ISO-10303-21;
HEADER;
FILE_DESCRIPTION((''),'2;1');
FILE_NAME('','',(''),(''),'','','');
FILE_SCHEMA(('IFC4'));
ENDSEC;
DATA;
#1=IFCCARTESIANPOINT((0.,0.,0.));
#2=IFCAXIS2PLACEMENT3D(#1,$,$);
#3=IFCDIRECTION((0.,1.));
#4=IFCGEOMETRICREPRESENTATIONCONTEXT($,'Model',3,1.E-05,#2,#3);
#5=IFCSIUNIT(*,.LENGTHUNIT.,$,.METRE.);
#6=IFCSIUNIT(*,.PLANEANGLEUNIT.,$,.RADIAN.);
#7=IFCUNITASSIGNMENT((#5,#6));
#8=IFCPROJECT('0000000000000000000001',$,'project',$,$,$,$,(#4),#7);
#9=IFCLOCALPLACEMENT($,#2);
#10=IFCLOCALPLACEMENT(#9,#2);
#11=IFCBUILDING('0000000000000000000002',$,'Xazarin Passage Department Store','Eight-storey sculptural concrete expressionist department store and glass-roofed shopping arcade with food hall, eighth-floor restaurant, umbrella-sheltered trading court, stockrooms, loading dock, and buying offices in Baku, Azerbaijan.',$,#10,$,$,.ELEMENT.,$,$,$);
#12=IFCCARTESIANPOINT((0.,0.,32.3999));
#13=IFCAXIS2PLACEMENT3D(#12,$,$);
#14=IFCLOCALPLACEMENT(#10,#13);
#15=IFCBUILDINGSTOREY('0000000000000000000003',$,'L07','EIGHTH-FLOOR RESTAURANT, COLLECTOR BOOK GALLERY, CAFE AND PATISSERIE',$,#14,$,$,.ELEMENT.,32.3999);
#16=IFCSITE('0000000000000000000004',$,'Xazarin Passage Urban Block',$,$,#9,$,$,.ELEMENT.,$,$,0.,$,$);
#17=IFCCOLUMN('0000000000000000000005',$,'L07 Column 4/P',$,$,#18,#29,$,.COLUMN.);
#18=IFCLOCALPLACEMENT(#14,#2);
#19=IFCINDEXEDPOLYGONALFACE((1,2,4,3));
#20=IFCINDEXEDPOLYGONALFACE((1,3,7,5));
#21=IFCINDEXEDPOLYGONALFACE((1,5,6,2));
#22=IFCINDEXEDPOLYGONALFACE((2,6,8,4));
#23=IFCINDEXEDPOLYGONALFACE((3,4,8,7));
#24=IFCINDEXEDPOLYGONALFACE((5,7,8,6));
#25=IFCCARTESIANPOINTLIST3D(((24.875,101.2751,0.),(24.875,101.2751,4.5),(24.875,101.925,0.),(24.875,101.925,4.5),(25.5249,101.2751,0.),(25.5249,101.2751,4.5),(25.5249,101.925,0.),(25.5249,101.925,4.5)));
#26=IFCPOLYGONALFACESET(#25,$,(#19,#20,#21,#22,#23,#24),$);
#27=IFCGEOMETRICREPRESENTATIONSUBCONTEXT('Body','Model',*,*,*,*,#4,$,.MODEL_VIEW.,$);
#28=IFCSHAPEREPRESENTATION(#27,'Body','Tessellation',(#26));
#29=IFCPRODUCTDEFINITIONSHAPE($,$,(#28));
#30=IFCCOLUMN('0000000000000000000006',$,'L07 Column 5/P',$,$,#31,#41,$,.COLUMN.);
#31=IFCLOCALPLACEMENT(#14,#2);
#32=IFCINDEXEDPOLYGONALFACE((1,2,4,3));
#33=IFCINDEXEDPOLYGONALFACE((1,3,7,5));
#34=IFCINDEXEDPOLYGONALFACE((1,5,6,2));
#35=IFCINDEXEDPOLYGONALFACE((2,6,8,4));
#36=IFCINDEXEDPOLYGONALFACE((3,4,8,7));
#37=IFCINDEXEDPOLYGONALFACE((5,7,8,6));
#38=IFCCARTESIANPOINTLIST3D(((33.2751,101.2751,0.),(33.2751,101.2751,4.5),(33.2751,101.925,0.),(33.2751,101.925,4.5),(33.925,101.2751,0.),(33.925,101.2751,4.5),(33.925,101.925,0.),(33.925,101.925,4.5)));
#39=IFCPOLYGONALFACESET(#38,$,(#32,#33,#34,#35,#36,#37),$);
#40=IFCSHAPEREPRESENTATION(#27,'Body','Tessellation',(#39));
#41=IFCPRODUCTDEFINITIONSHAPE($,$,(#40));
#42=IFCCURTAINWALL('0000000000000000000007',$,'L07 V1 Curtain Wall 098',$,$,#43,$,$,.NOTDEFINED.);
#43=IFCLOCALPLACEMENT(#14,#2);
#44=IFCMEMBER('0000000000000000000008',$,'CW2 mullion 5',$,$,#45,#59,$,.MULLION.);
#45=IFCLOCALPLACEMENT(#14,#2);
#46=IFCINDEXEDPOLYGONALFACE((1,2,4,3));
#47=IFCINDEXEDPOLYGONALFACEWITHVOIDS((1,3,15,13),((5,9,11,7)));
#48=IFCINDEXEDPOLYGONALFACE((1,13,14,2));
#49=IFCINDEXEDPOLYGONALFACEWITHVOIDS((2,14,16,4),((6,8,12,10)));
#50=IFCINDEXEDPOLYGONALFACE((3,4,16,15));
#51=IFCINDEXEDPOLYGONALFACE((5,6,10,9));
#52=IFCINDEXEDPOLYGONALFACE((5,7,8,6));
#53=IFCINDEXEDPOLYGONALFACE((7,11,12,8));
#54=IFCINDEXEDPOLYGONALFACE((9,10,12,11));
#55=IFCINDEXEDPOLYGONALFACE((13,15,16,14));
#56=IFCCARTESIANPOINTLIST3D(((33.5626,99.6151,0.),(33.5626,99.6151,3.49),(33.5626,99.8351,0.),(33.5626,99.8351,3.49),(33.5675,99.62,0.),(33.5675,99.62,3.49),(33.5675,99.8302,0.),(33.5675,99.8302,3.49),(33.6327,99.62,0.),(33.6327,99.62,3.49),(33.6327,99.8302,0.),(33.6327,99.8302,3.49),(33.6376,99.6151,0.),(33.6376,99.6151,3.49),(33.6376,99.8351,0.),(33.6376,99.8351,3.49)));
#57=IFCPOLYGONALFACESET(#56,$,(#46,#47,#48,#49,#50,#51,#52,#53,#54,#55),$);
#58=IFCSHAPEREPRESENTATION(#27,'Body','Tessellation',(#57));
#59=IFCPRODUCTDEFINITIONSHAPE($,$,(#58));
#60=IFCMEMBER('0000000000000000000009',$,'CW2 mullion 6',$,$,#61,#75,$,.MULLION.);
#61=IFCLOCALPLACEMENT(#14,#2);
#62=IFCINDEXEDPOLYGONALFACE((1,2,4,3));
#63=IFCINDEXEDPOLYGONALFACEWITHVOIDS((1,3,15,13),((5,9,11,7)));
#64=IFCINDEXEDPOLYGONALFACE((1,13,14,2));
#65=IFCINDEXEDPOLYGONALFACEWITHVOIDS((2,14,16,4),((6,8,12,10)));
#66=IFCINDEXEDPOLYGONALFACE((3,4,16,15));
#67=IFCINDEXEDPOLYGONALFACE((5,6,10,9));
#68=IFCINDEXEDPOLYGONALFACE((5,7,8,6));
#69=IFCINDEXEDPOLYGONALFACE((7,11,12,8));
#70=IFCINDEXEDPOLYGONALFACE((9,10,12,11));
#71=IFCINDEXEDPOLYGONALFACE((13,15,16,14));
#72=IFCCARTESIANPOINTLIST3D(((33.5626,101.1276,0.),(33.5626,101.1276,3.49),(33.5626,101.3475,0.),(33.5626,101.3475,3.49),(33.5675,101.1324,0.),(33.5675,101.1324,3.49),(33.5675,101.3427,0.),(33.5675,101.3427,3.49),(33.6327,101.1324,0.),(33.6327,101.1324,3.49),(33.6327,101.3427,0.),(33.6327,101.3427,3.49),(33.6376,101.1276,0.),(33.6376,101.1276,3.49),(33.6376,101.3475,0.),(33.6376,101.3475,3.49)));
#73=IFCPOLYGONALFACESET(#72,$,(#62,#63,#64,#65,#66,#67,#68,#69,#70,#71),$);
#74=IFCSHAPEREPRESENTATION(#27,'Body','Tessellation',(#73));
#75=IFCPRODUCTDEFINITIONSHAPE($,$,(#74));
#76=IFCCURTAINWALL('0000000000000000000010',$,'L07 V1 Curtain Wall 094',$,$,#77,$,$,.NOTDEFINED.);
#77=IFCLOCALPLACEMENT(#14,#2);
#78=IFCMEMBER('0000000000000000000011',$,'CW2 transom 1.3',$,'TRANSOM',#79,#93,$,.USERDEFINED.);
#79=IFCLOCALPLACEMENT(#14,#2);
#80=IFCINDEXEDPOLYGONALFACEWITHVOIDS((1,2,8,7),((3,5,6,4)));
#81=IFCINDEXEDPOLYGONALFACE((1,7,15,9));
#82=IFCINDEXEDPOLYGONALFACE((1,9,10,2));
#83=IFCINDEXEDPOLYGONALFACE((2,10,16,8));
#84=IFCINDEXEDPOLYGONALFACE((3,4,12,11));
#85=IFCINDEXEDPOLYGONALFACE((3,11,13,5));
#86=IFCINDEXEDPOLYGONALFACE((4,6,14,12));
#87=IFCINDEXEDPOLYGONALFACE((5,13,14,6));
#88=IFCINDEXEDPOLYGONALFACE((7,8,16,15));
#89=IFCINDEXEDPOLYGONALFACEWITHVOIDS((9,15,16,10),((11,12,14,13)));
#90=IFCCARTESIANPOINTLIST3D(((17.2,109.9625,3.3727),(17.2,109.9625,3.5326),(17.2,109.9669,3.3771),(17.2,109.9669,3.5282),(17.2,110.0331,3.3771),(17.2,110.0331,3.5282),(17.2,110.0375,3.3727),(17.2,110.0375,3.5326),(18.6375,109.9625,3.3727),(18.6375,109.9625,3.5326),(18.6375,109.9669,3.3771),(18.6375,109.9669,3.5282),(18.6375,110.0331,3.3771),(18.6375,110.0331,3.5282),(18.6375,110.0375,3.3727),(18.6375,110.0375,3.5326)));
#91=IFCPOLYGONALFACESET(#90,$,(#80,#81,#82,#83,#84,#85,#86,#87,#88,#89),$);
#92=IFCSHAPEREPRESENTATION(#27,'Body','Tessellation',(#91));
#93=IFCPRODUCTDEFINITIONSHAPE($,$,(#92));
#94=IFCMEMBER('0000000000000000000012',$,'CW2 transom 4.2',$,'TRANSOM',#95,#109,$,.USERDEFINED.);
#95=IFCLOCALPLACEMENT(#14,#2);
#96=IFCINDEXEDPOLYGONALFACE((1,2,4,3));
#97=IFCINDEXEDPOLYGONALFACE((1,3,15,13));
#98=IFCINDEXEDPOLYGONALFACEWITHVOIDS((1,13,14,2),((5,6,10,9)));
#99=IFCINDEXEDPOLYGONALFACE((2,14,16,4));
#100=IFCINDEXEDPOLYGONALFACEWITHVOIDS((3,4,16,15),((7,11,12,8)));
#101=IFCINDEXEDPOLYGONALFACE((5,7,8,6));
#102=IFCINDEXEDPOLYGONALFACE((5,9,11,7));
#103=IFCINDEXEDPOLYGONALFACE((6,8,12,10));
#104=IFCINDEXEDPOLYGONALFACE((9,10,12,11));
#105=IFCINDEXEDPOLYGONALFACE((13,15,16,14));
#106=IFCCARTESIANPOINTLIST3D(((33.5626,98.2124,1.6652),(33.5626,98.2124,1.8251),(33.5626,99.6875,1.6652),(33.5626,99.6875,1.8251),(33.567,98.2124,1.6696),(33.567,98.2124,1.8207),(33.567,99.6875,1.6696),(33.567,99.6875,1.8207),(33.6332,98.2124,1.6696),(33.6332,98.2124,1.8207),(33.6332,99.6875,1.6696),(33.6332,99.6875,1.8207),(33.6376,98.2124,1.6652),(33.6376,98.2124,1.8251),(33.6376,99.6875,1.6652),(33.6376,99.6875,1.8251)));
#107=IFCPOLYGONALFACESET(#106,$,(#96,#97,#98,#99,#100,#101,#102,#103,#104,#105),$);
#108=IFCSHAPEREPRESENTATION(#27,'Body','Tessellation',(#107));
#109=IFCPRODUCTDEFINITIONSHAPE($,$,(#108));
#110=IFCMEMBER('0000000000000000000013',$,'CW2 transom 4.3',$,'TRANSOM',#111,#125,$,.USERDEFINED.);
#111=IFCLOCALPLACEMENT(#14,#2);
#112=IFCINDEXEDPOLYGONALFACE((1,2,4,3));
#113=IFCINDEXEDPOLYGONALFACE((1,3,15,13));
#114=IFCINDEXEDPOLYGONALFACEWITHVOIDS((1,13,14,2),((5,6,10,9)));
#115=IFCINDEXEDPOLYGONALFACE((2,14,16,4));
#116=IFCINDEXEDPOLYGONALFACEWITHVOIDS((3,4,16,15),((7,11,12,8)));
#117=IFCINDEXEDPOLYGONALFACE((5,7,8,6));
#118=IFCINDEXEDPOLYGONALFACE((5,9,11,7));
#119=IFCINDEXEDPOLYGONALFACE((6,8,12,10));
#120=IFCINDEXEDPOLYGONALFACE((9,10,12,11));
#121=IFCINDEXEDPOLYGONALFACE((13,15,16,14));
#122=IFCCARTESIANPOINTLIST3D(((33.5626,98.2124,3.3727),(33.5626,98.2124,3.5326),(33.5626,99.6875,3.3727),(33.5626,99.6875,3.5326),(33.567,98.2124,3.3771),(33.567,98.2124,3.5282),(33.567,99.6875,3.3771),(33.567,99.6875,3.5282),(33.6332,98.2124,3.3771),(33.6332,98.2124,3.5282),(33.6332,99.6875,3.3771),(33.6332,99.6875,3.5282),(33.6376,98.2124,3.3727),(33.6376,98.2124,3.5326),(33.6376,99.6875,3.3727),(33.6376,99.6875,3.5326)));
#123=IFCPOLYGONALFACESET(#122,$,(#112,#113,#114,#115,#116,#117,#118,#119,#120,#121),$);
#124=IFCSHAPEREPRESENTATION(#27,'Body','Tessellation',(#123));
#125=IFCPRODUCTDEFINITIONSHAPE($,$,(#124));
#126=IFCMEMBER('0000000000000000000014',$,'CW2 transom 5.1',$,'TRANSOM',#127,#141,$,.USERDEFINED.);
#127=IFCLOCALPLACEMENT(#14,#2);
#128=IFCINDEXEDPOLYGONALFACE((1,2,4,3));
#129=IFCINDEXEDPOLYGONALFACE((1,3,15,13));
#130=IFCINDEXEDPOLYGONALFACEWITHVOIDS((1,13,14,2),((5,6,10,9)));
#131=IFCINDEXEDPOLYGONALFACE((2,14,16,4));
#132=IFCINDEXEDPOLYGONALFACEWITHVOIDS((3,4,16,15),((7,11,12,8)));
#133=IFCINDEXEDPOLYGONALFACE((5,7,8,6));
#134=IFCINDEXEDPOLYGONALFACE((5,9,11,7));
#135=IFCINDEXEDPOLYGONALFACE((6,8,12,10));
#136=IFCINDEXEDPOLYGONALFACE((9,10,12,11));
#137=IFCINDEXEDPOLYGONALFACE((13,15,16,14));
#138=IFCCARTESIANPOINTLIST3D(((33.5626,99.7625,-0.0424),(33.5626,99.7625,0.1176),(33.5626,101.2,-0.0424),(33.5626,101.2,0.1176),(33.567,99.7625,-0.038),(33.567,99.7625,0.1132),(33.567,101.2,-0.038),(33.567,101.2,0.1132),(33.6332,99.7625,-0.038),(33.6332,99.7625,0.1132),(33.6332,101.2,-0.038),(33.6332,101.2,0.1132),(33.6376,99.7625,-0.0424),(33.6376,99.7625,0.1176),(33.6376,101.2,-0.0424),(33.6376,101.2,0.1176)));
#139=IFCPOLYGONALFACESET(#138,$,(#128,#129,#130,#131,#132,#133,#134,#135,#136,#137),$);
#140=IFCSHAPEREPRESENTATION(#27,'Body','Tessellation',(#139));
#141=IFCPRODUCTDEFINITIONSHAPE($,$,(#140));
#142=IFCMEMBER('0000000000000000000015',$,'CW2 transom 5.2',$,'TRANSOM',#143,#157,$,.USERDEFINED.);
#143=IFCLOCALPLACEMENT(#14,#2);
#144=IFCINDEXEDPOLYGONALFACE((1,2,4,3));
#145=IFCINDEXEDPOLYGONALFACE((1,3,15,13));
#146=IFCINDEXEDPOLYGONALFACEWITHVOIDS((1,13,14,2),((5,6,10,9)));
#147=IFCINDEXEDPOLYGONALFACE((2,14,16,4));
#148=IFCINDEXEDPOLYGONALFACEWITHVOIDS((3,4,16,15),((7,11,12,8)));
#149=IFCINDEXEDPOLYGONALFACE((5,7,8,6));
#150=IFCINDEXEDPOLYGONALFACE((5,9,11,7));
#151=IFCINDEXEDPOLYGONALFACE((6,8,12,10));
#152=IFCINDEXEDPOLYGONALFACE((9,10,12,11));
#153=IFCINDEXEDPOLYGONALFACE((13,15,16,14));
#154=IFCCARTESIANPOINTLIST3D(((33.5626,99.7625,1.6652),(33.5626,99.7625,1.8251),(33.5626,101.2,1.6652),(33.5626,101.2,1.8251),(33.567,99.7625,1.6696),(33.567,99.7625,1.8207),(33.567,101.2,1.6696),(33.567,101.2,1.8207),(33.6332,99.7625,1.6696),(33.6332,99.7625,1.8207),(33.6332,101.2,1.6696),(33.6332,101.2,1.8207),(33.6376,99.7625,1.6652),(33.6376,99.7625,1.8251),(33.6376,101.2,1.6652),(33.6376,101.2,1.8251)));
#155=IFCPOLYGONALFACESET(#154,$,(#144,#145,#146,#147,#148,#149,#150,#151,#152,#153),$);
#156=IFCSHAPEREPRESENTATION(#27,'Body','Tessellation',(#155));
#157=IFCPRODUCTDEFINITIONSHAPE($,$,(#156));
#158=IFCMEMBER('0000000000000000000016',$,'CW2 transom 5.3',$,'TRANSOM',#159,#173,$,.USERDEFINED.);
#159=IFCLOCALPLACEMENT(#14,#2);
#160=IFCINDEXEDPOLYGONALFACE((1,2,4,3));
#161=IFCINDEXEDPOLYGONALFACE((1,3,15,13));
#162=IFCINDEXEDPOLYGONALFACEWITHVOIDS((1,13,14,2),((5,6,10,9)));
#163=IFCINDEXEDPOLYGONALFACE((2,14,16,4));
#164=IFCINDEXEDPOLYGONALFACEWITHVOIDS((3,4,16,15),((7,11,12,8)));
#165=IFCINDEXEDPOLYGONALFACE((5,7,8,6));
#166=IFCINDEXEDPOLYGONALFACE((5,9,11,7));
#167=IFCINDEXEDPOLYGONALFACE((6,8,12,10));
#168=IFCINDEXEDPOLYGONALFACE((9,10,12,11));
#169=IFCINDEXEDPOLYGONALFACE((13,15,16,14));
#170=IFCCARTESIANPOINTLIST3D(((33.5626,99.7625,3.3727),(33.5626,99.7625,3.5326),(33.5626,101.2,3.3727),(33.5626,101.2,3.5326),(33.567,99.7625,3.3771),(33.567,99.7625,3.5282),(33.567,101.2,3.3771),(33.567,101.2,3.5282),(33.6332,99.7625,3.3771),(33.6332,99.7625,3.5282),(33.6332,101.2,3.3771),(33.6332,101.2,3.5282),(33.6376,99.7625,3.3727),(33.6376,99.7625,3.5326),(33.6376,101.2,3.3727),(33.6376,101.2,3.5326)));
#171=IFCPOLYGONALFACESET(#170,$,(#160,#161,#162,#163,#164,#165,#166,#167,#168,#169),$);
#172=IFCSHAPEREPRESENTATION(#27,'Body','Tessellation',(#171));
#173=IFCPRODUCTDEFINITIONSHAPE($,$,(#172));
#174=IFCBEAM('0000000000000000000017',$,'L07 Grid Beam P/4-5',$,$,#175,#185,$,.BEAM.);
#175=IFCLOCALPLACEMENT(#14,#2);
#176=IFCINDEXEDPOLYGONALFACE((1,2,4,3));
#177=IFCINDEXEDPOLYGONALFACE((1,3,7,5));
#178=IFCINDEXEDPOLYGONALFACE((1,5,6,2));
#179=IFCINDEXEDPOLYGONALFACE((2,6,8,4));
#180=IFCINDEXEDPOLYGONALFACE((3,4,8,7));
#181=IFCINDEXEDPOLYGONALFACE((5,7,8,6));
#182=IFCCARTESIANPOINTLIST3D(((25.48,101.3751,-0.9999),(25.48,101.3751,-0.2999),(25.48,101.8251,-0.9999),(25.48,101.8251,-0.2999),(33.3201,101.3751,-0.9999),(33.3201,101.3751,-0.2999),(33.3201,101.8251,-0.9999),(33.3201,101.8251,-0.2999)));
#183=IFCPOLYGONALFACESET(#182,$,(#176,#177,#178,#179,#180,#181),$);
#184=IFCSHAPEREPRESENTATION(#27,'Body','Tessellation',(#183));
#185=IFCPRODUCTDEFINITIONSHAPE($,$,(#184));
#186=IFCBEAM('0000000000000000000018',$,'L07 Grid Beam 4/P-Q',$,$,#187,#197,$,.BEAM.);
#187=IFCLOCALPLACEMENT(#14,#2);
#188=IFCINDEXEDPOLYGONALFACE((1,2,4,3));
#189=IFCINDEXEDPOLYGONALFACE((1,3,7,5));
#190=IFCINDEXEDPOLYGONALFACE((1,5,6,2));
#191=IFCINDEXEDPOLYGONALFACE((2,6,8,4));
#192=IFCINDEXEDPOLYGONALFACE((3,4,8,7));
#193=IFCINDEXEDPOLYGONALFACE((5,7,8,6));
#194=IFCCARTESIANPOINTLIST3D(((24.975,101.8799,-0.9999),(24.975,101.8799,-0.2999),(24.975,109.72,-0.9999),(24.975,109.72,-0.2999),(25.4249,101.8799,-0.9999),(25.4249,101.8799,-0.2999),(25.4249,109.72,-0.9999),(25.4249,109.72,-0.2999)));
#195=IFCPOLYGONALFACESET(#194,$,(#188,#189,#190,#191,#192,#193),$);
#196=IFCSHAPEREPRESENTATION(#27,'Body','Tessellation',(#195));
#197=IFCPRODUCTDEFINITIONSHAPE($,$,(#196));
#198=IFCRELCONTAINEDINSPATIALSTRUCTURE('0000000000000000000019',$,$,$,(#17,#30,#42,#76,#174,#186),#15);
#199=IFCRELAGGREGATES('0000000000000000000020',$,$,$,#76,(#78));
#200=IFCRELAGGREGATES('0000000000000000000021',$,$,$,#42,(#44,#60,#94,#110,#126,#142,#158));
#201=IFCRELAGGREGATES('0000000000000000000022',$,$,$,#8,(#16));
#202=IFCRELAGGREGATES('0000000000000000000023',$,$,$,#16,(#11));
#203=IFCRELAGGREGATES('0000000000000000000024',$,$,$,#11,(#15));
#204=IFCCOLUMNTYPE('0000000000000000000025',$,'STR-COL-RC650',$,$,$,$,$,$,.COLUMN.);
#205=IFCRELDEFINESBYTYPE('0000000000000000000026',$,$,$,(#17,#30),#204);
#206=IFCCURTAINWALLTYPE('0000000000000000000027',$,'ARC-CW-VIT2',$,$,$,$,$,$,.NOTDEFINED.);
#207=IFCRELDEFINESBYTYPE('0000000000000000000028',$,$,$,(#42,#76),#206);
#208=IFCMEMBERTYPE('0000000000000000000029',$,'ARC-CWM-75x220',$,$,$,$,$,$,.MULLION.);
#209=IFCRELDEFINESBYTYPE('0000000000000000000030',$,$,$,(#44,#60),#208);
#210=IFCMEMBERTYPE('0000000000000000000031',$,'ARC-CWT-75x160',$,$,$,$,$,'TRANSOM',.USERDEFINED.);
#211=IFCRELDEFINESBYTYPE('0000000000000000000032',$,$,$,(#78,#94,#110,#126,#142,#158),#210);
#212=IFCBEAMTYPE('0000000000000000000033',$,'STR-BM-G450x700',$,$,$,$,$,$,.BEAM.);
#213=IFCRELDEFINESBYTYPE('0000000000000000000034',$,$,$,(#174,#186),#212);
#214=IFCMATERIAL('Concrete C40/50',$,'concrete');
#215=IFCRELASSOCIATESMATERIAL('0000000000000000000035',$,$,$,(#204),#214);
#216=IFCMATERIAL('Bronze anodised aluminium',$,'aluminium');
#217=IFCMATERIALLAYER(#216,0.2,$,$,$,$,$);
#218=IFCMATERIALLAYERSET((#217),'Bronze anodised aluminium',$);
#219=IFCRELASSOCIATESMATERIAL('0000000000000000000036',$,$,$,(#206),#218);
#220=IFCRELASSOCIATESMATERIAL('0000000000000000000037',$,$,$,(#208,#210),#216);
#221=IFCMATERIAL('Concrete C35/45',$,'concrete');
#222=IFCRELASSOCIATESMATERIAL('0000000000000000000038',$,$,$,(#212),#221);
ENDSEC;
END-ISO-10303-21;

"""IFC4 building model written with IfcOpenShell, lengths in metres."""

from ifc_helpers import new_model, si_unit, direction, frame, origin, origin_2d, place, context, subcontext, project, spatial, rectangle, hollow_rectangle, extrude, material, layer, layer_set, material_profile, profile_set, type_object, element, aggregate, save


model = new_model("IFC4")

# Units and contexts
model_context = context("Model", 3, precision=1e-05, world=origin(), true_north=direction((0.0, 1.0)))
body_context = subcontext(model_context, "Body", "Model", "MODEL_VIEW")
ifc_project = project(units=[si_unit("LENGTHUNIT", "METRE"), si_unit("PLANEANGLEUNIT", "RADIAN")], contexts=[model_context])

# Site, building, storey
site_placement = place(None, origin())
site = spatial("IfcSite", under=ifc_project, at=site_placement, Name="Xazarin Passage Urban Block", CompositionType="ELEMENT", RefElevation=0.0)
building_placement = place(site_placement, origin())
building = spatial("IfcBuilding", under=site, at=building_placement, Name="Xazarin Passage Department Store", Description="Eight-storey sculptural concrete expressionist department store and glass-roofed shopping arcade with food hall, eighth-floor restaurant, umbrella-sheltered trading court, stockrooms, loading dock, and buying offices in Baku, Azerbaijan.", CompositionType="ELEMENT")
storey_placement = place(building_placement, frame((0.0, 0.0, 32.3999)))
storey = spatial("IfcBuildingStorey", under=building, at=storey_placement, Name="L07", Description="EIGHTH-FLOOR RESTAURANT, COLLECTOR BOOK GALLERY, CAFE AND PATISSERIE", CompositionType="ELEMENT", Elevation=32.3999)

# Columns
ifc_material_1 = material(Name="Concrete C40/50", Category="concrete")
ifc_material_profile_1 = material_profile(ifc_material_1, rectangle(XDim=0.6499, YDim=0.6499, at=origin_2d()), Name="RC 650x650")
ifc_profile_set_1 = profile_set([ifc_material_profile_1], Name="Concrete C40/50")
column_type = type_object("IfcColumnType", Name="STR-COL-RC650", PredefinedType="COLUMN", material=ifc_profile_set_1)
for number, where, z_axis, x_axis, name in (
    (1, (25.2, 101.6001, 0.0), (0.0, 0.0, 1.0), (1.0, 0.0, 0.0), "L07 Column 4/P"),
    (2, (33.6001, 101.6001, 0.0), (0.0, 0.0, 1.0), (1.0, 0.0, 0.0), "L07 Column 5/P"),
):
    element("IfcColumn", number, at=place(storey_placement, frame(where, z_axis=z_axis, x_axis=x_axis)), inside=storey, type_object=column_type, Name=name, PredefinedType="COLUMN", context=body_context, shape_type="SweptSolid", body=[
        extrude(rectangle(XDim=0.6499, YDim=0.6499, at=origin_2d()), origin(), (0.0, 0.0, 1.0), 4.5),
    ])

# Curtain wall, members
ifc_material_2 = material(Name="Bronze anodised aluminium", Category="aluminium")
ifc_layer_1 = layer(ifc_material_2, 0.2)
ifc_layer_set_1 = layer_set([ifc_layer_1], Name="Bronze anodised aluminium")
curtain_wall_type = type_object("IfcCurtainWallType", Name="ARC-CW-VIT2", PredefinedType="NOTDEFINED", material=ifc_layer_set_1)
curtain_wall_1_placement = place(storey_placement, origin())
curtain_wall_1 = element("IfcCurtainWall", 3, at=curtain_wall_1_placement, inside=storey, type_object=curtain_wall_type, Name="L07 V1 Curtain Wall 098", PredefinedType="NOTDEFINED")
ifc_material_profile_2 = material_profile(ifc_material_2, hollow_rectangle(XDim=0.075, YDim=0.22, WallThickness=0.0049, at=origin_2d()), Name="ALU 75x220")
ifc_profile_set_2 = profile_set([ifc_material_profile_2], Name="Bronze anodised aluminium")
member_type_1 = type_object("IfcMemberType", Name="ARC-CWM-75x220", PredefinedType="MULLION", material=ifc_profile_set_2)
member_1_placement = place(storey_placement, frame((33.6001, 99.7251, 0.0), z_axis=(0.0, 0.0, 1.0), x_axis=(-1.0, 0.0, 0.0)))
member_1 = element("IfcMember", 4, at=member_1_placement, type_object=member_type_1, Name="CW2 mullion 5", PredefinedType="MULLION", context=body_context, shape_type="SweptSolid", body=[
    extrude(hollow_rectangle(XDim=0.075, YDim=0.22, WallThickness=0.0049, at=origin_2d()), origin(), (0.0, 0.0, 1.0), 3.49),
])
member_2_placement = place(storey_placement, frame((33.6001, 101.2375, 0.0), z_axis=(0.0, 0.0, 1.0), x_axis=(-1.0, 0.0, 0.0)))
member_2 = element("IfcMember", 5, at=member_2_placement, type_object=member_type_1, Name="CW2 mullion 6", PredefinedType="MULLION", context=body_context, shape_type="SweptSolid", body=[
    extrude(hollow_rectangle(XDim=0.075, YDim=0.22, WallThickness=0.0049, at=origin_2d()), origin(), (0.0, 0.0, 1.0), 3.49),
])

# Curtain wall, member
curtain_wall_2_placement = place(storey_placement, origin())
curtain_wall_2 = element("IfcCurtainWall", 6, at=curtain_wall_2_placement, inside=storey, type_object=curtain_wall_type, Name="L07 V1 Curtain Wall 094", PredefinedType="NOTDEFINED")
ifc_material_profile_3 = material_profile(ifc_material_2, hollow_rectangle(XDim=0.075, YDim=0.1599, WallThickness=0.0044, at=origin_2d()), Name="ALU 75x160")
ifc_profile_set_3 = profile_set([ifc_material_profile_3], Name="Bronze anodised aluminium")
member_type_2 = type_object("IfcMemberType", Name="ARC-CWT-75x160", ElementType="TRANSOM", PredefinedType="USERDEFINED", material=ifc_profile_set_3)
member_3_placement = place(storey_placement, frame((17.2, 110.0, 3.4526), z_axis=(1.0, 0.0, 0.0), x_axis=(0.0, 1.0, 0.0)))
member_3 = element("IfcMember", 7, at=member_3_placement, type_object=member_type_2, Name="CW2 transom 1.3", ObjectType="TRANSOM", PredefinedType="USERDEFINED", context=body_context, shape_type="SweptSolid", body=[
    extrude(hollow_rectangle(XDim=0.075, YDim=0.1599, WallThickness=0.0044, at=origin_2d()), origin(), (0.0, 0.0, 1.0), 1.4375),
])

# Members
member_4_placement = place(storey_placement, frame((33.6001, 98.2124, 1.7451), z_axis=(0.0, 1.0, 0.0), x_axis=(-1.0, 0.0, 0.0)))
member_4 = element("IfcMember", 8, at=member_4_placement, type_object=member_type_2, Name="CW2 transom 4.2", ObjectType="TRANSOM", PredefinedType="USERDEFINED", context=body_context, shape_type="SweptSolid", body=[
    extrude(hollow_rectangle(XDim=0.075, YDim=0.1599, WallThickness=0.0044, at=origin_2d()), origin(), (0.0, 0.0, 1.0), 1.4751),
])
member_5_placement = place(storey_placement, frame((33.6001, 98.2124, 3.4526), z_axis=(0.0, 1.0, 0.0), x_axis=(-1.0, 0.0, 0.0)))
member_5 = element("IfcMember", 9, at=member_5_placement, type_object=member_type_2, Name="CW2 transom 4.3", ObjectType="TRANSOM", PredefinedType="USERDEFINED", context=body_context, shape_type="SweptSolid", body=[
    extrude(hollow_rectangle(XDim=0.075, YDim=0.1599, WallThickness=0.0044, at=origin_2d()), origin(), (0.0, 0.0, 1.0), 1.4751),
])
member_6_placement = place(storey_placement, frame((33.6001, 99.7625, 0.0376), z_axis=(0.0, 1.0, 0.0), x_axis=(-1.0, 0.0, 0.0)))
member_6 = element("IfcMember", 10, at=member_6_placement, type_object=member_type_2, Name="CW2 transom 5.1", ObjectType="TRANSOM", PredefinedType="USERDEFINED", context=body_context, shape_type="SweptSolid", body=[
    extrude(hollow_rectangle(XDim=0.075, YDim=0.1599, WallThickness=0.0044, at=origin_2d()), origin(), (0.0, 0.0, 1.0), 1.4375),
])
member_7_placement = place(storey_placement, frame((33.6001, 99.7625, 1.7451), z_axis=(0.0, 1.0, 0.0), x_axis=(-1.0, 0.0, 0.0)))
member_7 = element("IfcMember", 11, at=member_7_placement, type_object=member_type_2, Name="CW2 transom 5.2", ObjectType="TRANSOM", PredefinedType="USERDEFINED", context=body_context, shape_type="SweptSolid", body=[
    extrude(hollow_rectangle(XDim=0.075, YDim=0.1599, WallThickness=0.0044, at=origin_2d()), origin(), (0.0, 0.0, 1.0), 1.4375),
])
member_8_placement = place(storey_placement, frame((33.6001, 99.7625, 3.4526), z_axis=(0.0, 1.0, 0.0), x_axis=(-1.0, 0.0, 0.0)))
member_8 = element("IfcMember", 12, at=member_8_placement, type_object=member_type_2, Name="CW2 transom 5.3", ObjectType="TRANSOM", PredefinedType="USERDEFINED", context=body_context, shape_type="SweptSolid", body=[
    extrude(hollow_rectangle(XDim=0.075, YDim=0.1599, WallThickness=0.0044, at=origin_2d()), origin(), (0.0, 0.0, 1.0), 1.4375),
])

# Beams
ifc_material_3 = material(Name="Concrete C35/45", Category="concrete")
ifc_material_profile_4 = material_profile(ifc_material_3, rectangle(XDim=0.45, YDim=0.7, at=origin_2d()), Name="RC 450x700")
ifc_profile_set_4 = profile_set([ifc_material_profile_4], Name="Concrete C35/45")
beam_type_1 = type_object("IfcBeamType", Name="STR-BM-G450x700", PredefinedType="BEAM", material=ifc_profile_set_4)
for number, where, z_axis, x_axis, name in (
    (13, (25.48, 101.6001, -0.6499), (1.0, 0.0, 0.0), (0.0, 1.0, 0.0), "L07 Grid Beam P/4-5"),
    (14, (25.2, 101.8799, -0.6499), (0.0, 1.0, 0.0), (-1.0, 0.0, 0.0), "L07 Grid Beam 4/P-Q"),
):
    element("IfcBeam", number, at=place(storey_placement, frame(where, z_axis=z_axis, x_axis=x_axis)), inside=storey, type_object=beam_type_1, Name=name, PredefinedType="BEAM", context=body_context, shape_type="SweptSolid", body=[
        extrude(rectangle(XDim=0.45, YDim=0.7, at=origin_2d()), origin(), (0.0, 0.0, 1.0), 7.8401),
    ])

aggregate(curtain_wall_2, [member_3])
aggregate(curtain_wall_1, [member_1, member_2, member_4, member_5, member_6, member_7, member_8])

save(model, "model.ifc")
